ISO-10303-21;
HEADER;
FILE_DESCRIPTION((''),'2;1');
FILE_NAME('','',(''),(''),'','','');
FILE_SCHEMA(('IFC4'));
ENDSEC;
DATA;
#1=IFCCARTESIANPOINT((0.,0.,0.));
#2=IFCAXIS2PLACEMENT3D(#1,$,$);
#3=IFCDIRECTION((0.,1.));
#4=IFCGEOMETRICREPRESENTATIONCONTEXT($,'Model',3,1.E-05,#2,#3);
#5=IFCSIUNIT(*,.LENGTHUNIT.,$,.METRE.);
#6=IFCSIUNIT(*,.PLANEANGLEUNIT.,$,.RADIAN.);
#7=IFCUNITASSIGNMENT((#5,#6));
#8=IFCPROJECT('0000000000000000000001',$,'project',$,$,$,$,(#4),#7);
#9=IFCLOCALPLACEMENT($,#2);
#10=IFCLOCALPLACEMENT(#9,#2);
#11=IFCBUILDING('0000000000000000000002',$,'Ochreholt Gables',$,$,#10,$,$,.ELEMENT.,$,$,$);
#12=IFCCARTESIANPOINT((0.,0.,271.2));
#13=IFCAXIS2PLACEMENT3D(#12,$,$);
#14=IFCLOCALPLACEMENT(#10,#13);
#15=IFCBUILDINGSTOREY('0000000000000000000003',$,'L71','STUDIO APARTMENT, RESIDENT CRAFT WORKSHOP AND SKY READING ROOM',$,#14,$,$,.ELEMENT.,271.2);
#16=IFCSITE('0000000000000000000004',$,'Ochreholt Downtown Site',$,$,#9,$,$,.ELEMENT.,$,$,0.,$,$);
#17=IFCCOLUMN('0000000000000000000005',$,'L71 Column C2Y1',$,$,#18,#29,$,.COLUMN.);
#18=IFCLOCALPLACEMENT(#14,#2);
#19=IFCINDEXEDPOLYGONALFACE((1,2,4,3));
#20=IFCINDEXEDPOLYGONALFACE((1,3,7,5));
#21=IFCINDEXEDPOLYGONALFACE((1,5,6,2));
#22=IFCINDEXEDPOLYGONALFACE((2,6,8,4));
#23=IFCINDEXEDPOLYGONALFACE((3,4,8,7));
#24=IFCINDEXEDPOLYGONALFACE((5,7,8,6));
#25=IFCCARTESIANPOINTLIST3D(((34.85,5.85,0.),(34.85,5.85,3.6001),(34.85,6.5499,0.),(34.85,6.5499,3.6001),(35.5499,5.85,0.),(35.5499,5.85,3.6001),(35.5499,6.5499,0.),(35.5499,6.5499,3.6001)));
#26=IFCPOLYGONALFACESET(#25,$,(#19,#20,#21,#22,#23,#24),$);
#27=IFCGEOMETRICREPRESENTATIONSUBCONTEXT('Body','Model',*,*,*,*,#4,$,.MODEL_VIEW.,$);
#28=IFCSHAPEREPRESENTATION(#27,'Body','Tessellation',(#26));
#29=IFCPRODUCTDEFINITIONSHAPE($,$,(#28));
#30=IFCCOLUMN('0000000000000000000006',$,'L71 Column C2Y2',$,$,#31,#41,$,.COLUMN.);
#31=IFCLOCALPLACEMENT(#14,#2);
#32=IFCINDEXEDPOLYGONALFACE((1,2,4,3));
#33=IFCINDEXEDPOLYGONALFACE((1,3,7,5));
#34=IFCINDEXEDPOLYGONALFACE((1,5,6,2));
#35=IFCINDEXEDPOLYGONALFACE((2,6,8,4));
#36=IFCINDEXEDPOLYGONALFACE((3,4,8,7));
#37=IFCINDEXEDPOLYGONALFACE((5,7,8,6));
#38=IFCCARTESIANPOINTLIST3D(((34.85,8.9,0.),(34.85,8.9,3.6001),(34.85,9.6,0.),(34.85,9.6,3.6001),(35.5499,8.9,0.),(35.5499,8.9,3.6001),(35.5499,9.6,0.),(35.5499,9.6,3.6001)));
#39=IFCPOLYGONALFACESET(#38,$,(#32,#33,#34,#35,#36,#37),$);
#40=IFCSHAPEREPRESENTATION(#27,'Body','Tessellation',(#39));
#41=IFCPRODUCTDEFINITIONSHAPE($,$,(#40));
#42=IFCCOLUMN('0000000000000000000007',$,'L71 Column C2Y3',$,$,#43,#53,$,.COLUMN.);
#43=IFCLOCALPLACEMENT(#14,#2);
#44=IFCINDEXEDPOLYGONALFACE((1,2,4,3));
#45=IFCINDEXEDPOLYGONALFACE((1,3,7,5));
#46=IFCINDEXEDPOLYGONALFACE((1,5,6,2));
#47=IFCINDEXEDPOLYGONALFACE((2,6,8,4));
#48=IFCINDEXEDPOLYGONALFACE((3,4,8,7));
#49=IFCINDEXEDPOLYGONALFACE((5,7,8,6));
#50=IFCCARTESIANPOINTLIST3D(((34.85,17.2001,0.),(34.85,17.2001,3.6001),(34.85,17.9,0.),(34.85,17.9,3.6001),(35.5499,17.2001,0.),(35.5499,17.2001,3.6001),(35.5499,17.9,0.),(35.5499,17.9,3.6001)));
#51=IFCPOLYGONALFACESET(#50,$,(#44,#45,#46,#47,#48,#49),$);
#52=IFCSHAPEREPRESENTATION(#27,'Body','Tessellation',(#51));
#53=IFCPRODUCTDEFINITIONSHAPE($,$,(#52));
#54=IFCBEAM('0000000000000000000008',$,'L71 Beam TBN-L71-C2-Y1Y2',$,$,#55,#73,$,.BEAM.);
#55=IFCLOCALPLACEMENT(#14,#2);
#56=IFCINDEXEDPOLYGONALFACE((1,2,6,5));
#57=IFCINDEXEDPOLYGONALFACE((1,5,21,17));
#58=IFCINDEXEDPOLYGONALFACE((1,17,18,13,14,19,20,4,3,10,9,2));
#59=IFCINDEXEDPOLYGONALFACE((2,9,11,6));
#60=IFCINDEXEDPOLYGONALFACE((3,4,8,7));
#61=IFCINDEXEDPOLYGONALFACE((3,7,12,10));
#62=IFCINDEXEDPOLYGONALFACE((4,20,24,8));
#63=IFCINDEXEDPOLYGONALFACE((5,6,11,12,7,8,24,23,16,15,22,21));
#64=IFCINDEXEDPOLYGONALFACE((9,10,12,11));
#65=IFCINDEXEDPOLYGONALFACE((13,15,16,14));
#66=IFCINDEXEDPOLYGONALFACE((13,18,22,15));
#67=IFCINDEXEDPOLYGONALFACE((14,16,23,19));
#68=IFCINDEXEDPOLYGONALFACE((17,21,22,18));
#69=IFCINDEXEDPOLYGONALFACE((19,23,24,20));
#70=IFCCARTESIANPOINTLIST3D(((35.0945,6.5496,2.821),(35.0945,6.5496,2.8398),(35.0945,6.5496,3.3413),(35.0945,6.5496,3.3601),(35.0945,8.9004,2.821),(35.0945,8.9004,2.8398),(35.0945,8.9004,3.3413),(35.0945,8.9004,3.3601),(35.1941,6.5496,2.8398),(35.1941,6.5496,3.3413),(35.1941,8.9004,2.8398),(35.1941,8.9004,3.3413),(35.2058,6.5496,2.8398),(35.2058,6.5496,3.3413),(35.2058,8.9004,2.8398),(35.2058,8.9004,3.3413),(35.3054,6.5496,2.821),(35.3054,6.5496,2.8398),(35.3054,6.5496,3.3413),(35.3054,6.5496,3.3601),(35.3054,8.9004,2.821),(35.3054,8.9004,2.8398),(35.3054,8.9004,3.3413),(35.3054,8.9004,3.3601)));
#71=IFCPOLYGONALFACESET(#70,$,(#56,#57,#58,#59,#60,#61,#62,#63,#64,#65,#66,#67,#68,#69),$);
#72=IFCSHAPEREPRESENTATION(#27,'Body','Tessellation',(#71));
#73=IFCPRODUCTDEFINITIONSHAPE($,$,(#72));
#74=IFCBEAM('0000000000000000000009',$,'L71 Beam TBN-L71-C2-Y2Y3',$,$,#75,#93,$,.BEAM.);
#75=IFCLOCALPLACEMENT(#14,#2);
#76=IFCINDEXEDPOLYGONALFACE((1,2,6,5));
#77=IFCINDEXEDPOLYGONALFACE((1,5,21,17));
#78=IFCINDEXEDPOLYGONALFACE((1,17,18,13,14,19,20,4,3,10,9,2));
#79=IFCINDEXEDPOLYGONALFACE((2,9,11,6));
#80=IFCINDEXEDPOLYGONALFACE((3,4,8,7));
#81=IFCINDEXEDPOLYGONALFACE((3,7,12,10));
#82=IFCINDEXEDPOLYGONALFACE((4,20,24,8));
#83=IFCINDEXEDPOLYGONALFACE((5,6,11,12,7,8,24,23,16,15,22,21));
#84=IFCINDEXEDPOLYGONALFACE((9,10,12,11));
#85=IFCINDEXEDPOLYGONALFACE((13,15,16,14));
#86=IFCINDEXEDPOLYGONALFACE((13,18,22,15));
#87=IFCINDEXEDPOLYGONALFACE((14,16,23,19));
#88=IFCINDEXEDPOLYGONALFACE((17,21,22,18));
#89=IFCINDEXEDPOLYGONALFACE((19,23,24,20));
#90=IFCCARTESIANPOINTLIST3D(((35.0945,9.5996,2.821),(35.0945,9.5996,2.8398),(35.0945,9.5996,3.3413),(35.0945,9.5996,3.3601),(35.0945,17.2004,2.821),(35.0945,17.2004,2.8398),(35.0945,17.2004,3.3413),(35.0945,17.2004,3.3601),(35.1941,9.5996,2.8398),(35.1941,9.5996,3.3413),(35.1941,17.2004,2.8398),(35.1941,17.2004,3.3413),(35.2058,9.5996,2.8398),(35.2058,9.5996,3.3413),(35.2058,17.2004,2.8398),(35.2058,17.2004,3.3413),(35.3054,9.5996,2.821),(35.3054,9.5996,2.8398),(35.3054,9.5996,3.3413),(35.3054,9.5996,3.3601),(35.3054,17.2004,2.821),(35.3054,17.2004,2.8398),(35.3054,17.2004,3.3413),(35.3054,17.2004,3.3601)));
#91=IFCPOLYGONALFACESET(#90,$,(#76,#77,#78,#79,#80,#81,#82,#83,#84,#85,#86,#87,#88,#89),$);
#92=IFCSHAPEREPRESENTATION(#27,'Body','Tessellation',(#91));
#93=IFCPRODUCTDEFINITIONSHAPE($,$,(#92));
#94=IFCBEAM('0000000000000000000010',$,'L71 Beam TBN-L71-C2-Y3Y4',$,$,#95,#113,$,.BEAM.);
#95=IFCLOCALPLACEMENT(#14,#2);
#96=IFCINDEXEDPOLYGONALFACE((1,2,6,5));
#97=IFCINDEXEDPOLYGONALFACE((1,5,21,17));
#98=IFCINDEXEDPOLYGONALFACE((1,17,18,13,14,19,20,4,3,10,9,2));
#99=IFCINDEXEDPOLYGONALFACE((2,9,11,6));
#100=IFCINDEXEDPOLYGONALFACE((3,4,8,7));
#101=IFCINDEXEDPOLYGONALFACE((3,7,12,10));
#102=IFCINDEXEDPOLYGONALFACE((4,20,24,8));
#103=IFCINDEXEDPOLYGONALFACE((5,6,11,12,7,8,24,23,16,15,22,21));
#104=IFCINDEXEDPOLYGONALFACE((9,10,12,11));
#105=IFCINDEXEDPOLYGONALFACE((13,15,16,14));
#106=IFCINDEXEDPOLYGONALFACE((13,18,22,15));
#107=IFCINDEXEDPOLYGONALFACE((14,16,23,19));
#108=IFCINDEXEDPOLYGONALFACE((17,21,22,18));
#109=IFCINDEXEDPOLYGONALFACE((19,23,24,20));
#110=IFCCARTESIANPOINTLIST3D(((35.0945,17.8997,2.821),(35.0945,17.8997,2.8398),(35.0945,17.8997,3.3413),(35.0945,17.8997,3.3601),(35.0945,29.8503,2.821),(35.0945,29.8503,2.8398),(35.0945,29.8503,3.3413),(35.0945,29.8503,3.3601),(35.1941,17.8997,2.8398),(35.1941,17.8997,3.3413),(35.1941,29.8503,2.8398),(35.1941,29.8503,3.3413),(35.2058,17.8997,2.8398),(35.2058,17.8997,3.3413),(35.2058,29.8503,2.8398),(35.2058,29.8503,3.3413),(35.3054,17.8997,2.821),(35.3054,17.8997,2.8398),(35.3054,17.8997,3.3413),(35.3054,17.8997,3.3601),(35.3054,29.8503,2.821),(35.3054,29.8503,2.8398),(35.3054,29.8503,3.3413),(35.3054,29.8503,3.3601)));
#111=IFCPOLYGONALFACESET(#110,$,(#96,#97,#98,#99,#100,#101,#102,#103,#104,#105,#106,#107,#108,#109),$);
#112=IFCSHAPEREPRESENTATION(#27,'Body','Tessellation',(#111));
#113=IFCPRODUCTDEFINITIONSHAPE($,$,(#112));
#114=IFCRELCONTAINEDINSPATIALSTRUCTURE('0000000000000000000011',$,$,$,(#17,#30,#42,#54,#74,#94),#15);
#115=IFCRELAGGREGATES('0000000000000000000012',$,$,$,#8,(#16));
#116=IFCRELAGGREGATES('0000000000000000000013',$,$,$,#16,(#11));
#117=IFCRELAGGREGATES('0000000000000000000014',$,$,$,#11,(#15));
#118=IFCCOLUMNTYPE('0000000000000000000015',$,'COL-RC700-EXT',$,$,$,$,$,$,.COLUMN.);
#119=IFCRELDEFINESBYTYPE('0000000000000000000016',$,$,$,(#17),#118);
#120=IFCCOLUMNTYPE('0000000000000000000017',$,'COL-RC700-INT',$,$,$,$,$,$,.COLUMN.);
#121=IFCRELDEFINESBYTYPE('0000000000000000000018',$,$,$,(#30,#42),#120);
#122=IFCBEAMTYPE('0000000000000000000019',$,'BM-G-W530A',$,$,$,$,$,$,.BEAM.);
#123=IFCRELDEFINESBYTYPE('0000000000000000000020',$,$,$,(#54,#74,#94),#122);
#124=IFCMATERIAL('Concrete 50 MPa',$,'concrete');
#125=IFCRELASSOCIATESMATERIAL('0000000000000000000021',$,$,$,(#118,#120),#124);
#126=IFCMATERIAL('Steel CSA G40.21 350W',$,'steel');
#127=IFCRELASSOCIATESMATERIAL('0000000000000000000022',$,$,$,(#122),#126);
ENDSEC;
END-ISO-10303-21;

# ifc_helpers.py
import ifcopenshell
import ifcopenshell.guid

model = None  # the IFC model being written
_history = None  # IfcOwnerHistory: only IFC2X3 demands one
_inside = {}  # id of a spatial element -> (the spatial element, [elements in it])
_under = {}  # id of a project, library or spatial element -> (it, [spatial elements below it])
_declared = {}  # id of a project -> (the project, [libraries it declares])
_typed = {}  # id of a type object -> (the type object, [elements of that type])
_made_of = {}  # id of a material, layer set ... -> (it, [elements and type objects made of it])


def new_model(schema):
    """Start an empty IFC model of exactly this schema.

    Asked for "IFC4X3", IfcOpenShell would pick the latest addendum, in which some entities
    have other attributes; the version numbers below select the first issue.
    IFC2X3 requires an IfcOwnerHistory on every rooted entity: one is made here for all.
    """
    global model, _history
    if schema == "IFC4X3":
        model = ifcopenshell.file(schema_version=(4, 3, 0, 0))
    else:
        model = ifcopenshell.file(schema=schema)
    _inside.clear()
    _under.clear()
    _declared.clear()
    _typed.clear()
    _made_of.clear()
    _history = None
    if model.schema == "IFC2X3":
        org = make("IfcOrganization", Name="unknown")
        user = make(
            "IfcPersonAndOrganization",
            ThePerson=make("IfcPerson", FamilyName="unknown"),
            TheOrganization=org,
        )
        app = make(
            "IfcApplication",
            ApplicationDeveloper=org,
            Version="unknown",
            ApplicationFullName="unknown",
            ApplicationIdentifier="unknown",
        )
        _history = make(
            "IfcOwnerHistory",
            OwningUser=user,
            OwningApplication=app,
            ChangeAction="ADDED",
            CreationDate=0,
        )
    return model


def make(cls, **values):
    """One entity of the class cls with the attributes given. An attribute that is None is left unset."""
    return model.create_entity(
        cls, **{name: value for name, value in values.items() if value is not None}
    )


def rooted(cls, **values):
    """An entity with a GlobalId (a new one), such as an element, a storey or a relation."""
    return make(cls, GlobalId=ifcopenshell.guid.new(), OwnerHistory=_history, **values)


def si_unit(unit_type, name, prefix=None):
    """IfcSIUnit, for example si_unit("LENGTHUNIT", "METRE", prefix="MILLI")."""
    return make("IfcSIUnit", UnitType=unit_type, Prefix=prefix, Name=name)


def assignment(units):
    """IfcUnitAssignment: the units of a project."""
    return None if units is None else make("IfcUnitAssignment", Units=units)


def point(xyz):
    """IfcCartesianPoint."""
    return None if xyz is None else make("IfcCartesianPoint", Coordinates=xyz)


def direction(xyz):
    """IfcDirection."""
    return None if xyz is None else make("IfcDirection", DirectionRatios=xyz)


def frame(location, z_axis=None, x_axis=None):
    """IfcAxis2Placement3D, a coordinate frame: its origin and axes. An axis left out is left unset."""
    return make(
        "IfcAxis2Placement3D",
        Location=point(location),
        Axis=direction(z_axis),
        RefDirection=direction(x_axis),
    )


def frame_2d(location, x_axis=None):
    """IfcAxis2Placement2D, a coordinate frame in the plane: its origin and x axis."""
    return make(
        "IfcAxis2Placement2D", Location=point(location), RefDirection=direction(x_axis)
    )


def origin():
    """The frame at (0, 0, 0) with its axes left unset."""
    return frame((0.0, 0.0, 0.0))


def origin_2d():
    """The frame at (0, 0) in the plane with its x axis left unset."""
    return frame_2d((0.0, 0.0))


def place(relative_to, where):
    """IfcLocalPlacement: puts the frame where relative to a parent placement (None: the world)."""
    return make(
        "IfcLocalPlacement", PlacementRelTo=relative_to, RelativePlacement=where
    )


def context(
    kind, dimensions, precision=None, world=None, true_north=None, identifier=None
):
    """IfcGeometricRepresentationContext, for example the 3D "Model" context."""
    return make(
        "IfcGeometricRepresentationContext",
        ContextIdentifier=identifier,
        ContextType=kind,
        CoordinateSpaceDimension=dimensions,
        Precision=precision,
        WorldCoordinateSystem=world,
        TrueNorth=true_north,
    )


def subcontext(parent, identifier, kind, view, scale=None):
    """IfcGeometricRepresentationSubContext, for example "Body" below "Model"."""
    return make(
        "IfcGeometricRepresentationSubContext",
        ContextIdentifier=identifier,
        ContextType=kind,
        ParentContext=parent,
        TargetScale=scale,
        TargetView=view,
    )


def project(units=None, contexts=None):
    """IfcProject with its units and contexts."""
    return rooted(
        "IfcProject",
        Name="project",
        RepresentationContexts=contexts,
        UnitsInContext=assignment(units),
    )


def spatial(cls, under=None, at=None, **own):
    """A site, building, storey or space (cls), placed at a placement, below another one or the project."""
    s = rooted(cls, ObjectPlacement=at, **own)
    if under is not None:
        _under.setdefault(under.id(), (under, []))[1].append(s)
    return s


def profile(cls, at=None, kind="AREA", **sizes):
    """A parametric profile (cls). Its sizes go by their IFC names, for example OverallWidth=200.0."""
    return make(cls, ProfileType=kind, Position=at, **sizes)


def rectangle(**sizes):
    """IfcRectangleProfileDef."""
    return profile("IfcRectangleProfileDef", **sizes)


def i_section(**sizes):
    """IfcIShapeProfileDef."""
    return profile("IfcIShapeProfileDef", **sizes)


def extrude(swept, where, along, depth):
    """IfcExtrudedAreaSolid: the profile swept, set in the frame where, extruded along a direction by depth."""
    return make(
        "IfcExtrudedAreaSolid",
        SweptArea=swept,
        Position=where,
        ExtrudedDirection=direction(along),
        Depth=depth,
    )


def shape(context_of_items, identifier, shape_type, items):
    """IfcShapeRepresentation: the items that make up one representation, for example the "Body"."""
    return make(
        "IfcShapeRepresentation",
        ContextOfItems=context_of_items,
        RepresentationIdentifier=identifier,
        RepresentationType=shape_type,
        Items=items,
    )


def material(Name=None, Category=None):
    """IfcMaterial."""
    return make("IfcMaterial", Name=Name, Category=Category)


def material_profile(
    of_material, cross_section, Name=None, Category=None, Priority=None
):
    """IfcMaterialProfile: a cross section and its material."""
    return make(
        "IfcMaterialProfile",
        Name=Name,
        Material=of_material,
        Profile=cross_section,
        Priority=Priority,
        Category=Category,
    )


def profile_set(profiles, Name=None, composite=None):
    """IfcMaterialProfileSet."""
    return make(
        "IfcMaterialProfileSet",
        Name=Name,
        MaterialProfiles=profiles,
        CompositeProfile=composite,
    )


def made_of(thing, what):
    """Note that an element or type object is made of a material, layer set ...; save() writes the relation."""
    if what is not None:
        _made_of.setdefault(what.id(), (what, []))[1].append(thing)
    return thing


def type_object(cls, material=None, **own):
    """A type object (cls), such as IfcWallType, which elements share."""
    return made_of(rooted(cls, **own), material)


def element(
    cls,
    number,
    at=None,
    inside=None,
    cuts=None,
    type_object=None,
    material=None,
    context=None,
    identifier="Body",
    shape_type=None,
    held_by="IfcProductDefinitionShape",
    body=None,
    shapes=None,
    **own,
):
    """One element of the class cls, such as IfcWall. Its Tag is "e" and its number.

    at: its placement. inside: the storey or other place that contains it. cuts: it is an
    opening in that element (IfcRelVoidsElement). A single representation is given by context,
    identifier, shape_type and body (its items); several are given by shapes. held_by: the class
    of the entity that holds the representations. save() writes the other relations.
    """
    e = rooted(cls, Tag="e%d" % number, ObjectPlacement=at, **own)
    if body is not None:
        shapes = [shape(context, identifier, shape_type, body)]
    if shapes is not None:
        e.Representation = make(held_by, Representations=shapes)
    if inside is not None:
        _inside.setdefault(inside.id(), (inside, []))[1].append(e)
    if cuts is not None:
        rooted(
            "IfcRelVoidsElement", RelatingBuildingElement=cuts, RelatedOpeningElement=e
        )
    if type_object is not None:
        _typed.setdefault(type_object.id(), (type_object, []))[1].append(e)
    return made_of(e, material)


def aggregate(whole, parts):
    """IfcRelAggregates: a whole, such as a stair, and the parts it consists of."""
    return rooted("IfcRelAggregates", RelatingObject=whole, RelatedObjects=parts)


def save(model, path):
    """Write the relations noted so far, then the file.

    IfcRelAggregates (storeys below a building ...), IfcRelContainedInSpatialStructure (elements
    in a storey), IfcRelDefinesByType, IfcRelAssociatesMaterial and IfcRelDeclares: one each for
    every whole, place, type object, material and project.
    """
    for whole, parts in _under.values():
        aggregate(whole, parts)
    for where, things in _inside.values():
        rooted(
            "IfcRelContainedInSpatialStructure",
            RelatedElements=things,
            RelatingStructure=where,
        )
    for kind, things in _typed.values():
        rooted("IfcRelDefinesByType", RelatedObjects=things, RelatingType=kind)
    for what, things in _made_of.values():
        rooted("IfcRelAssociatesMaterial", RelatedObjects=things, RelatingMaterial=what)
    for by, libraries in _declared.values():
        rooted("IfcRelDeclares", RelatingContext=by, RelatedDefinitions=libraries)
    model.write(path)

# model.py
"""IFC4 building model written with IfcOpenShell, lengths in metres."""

from ifc_helpers import new_model, si_unit, direction, frame, origin, origin_2d, place, context, subcontext, project, spatial, rectangle, i_section, extrude, material, material_profile, profile_set, type_object, element, save


model = new_model("IFC4")

# Units and contexts
model_context = context("Model", 3, precision=1e-05, world=origin(), true_north=direction((0.0, 1.0)))
body_context = subcontext(model_context, "Body", "Model", "MODEL_VIEW")
ifc_project = project(units=[si_unit("LENGTHUNIT", "METRE"), si_unit("PLANEANGLEUNIT", "RADIAN")], contexts=[model_context])

# Site, building, storey
site_placement = place(None, origin())
site = spatial("IfcSite", under=ifc_project, at=site_placement, Name="Ochreholt Downtown Site", CompositionType="ELEMENT", RefElevation=0.0)
building_placement = place(site_placement, origin())
building = spatial("IfcBuilding", under=site, at=building_placement, Name="Ochreholt Gables", CompositionType="ELEMENT")
storey_placement = place(building_placement, frame((0.0, 0.0, 271.2)))
storey = spatial("IfcBuildingStorey", under=building, at=storey_placement, Name="L71", Description="STUDIO APARTMENT, RESIDENT CRAFT WORKSHOP AND SKY READING ROOM", CompositionType="ELEMENT", Elevation=271.2)

# Columns
ifc_material_1 = material(Name="Concrete 50 MPa", Category="concrete")
ifc_material_profile_1 = material_profile(ifc_material_1, rectangle(XDim=0.7, YDim=0.7, at=origin_2d()), Name="RC700X700")
ifc_profile_set_1 = profile_set([ifc_material_profile_1], Name="Concrete 50 MPa")
column_type_1 = type_object("IfcColumnType", Name="COL-RC700-EXT", PredefinedType="COLUMN", material=ifc_profile_set_1)
column_placement = place(storey_placement, frame((35.2, 6.2, 0.0), z_axis=(0.0, 0.0, 1.0), x_axis=(1.0, 0.0, 0.0)))
element("IfcColumn", 1, at=column_placement, inside=storey, type_object=column_type_1, Name="L71 Column C2Y1", PredefinedType="COLUMN", context=body_context, shape_type="SweptSolid", body=[
    extrude(rectangle(XDim=0.7, YDim=0.7, at=origin_2d()), origin(), (0.0, 0.0, 1.0), 3.6001),
])
ifc_material_profile_2 = material_profile(ifc_material_1, rectangle(XDim=0.7, YDim=0.7, at=origin_2d()), Name="RC700X700")
ifc_profile_set_2 = profile_set([ifc_material_profile_2], Name="Concrete 50 MPa")
column_type_2 = type_object("IfcColumnType", Name="COL-RC700-INT", PredefinedType="COLUMN", material=ifc_profile_set_2)
for number, where, z_axis, x_axis, name in (
    (2, (35.2, 9.25, 0.0), (0.0, 0.0, 1.0), (1.0, 0.0, 0.0), "L71 Column C2Y2"),
    (3, (35.2, 17.55, 0.0), (0.0, 0.0, 1.0), (1.0, 0.0, 0.0), "L71 Column C2Y3"),
):
    element("IfcColumn", number, at=place(storey_placement, frame(where, z_axis=z_axis, x_axis=x_axis)), inside=storey, type_object=column_type_2, Name=name, PredefinedType="COLUMN", context=body_context, shape_type="SweptSolid", body=[
        extrude(rectangle(XDim=0.7, YDim=0.7, at=origin_2d()), origin(), (0.0, 0.0, 1.0), 3.6001),
    ])

# Beams
ifc_material_2 = material(Name="Steel CSA G40.21 350W", Category="steel")
ifc_material_profile_3 = material_profile(ifc_material_2, i_section(OverallWidth=0.2109, OverallDepth=0.5391, WebThickness=0.0117, FlangeThickness=0.0188, at=origin_2d()), Name="W530X109")
ifc_profile_set_3 = profile_set([ifc_material_profile_3], Name="Steel CSA G40.21 350W")
beam_type = type_object("IfcBeamType", Name="BM-G-W530A", PredefinedType="BEAM", material=ifc_profile_set_3)
beam_1_placement = place(storey_placement, frame((35.2, 6.5496, 3.0906), z_axis=(0.0, 1.0, 0.0), x_axis=(-1.0, 0.0, 0.0)))
element("IfcBeam", 4, at=beam_1_placement, inside=storey, type_object=beam_type, Name="L71 Beam TBN-L71-C2-Y1Y2", PredefinedType="BEAM", context=body_context, shape_type="SweptSolid", body=[
    extrude(i_section(OverallWidth=0.2109, OverallDepth=0.5391, WebThickness=0.0117, FlangeThickness=0.0188, at=origin_2d()), origin(), (0.0, 0.0, 1.0), 2.3508),
])
beam_2_placement = place(storey_placement, frame((35.2, 9.5996, 3.0906), z_axis=(0.0, 1.0, 0.0), x_axis=(-1.0, 0.0, 0.0)))
element("IfcBeam", 5, at=beam_2_placement, inside=storey, type_object=beam_type, Name="L71 Beam TBN-L71-C2-Y2Y3", PredefinedType="BEAM", context=body_context, shape_type="SweptSolid", body=[
    extrude(i_section(OverallWidth=0.2109, OverallDepth=0.5391, WebThickness=0.0117, FlangeThickness=0.0188, at=origin_2d()), origin(), (0.0, 0.0, 1.0), 7.6008),
])
beam_3_placement = place(storey_placement, frame((35.2, 17.8997, 3.0906), z_axis=(0.0, 1.0, 0.0), x_axis=(-1.0, 0.0, 0.0)))
element("IfcBeam", 6, at=beam_3_placement, inside=storey, type_object=beam_type, Name="L71 Beam TBN-L71-C2-Y3Y4", PredefinedType="BEAM", context=body_context, shape_type="SweptSolid", body=[
    extrude(i_section(OverallWidth=0.2109, OverallDepth=0.5391, WebThickness=0.0117, FlangeThickness=0.0188, at=origin_2d()), origin(), (0.0, 0.0, 1.0), 11.9507),
])

save(model, "model.ifc")
